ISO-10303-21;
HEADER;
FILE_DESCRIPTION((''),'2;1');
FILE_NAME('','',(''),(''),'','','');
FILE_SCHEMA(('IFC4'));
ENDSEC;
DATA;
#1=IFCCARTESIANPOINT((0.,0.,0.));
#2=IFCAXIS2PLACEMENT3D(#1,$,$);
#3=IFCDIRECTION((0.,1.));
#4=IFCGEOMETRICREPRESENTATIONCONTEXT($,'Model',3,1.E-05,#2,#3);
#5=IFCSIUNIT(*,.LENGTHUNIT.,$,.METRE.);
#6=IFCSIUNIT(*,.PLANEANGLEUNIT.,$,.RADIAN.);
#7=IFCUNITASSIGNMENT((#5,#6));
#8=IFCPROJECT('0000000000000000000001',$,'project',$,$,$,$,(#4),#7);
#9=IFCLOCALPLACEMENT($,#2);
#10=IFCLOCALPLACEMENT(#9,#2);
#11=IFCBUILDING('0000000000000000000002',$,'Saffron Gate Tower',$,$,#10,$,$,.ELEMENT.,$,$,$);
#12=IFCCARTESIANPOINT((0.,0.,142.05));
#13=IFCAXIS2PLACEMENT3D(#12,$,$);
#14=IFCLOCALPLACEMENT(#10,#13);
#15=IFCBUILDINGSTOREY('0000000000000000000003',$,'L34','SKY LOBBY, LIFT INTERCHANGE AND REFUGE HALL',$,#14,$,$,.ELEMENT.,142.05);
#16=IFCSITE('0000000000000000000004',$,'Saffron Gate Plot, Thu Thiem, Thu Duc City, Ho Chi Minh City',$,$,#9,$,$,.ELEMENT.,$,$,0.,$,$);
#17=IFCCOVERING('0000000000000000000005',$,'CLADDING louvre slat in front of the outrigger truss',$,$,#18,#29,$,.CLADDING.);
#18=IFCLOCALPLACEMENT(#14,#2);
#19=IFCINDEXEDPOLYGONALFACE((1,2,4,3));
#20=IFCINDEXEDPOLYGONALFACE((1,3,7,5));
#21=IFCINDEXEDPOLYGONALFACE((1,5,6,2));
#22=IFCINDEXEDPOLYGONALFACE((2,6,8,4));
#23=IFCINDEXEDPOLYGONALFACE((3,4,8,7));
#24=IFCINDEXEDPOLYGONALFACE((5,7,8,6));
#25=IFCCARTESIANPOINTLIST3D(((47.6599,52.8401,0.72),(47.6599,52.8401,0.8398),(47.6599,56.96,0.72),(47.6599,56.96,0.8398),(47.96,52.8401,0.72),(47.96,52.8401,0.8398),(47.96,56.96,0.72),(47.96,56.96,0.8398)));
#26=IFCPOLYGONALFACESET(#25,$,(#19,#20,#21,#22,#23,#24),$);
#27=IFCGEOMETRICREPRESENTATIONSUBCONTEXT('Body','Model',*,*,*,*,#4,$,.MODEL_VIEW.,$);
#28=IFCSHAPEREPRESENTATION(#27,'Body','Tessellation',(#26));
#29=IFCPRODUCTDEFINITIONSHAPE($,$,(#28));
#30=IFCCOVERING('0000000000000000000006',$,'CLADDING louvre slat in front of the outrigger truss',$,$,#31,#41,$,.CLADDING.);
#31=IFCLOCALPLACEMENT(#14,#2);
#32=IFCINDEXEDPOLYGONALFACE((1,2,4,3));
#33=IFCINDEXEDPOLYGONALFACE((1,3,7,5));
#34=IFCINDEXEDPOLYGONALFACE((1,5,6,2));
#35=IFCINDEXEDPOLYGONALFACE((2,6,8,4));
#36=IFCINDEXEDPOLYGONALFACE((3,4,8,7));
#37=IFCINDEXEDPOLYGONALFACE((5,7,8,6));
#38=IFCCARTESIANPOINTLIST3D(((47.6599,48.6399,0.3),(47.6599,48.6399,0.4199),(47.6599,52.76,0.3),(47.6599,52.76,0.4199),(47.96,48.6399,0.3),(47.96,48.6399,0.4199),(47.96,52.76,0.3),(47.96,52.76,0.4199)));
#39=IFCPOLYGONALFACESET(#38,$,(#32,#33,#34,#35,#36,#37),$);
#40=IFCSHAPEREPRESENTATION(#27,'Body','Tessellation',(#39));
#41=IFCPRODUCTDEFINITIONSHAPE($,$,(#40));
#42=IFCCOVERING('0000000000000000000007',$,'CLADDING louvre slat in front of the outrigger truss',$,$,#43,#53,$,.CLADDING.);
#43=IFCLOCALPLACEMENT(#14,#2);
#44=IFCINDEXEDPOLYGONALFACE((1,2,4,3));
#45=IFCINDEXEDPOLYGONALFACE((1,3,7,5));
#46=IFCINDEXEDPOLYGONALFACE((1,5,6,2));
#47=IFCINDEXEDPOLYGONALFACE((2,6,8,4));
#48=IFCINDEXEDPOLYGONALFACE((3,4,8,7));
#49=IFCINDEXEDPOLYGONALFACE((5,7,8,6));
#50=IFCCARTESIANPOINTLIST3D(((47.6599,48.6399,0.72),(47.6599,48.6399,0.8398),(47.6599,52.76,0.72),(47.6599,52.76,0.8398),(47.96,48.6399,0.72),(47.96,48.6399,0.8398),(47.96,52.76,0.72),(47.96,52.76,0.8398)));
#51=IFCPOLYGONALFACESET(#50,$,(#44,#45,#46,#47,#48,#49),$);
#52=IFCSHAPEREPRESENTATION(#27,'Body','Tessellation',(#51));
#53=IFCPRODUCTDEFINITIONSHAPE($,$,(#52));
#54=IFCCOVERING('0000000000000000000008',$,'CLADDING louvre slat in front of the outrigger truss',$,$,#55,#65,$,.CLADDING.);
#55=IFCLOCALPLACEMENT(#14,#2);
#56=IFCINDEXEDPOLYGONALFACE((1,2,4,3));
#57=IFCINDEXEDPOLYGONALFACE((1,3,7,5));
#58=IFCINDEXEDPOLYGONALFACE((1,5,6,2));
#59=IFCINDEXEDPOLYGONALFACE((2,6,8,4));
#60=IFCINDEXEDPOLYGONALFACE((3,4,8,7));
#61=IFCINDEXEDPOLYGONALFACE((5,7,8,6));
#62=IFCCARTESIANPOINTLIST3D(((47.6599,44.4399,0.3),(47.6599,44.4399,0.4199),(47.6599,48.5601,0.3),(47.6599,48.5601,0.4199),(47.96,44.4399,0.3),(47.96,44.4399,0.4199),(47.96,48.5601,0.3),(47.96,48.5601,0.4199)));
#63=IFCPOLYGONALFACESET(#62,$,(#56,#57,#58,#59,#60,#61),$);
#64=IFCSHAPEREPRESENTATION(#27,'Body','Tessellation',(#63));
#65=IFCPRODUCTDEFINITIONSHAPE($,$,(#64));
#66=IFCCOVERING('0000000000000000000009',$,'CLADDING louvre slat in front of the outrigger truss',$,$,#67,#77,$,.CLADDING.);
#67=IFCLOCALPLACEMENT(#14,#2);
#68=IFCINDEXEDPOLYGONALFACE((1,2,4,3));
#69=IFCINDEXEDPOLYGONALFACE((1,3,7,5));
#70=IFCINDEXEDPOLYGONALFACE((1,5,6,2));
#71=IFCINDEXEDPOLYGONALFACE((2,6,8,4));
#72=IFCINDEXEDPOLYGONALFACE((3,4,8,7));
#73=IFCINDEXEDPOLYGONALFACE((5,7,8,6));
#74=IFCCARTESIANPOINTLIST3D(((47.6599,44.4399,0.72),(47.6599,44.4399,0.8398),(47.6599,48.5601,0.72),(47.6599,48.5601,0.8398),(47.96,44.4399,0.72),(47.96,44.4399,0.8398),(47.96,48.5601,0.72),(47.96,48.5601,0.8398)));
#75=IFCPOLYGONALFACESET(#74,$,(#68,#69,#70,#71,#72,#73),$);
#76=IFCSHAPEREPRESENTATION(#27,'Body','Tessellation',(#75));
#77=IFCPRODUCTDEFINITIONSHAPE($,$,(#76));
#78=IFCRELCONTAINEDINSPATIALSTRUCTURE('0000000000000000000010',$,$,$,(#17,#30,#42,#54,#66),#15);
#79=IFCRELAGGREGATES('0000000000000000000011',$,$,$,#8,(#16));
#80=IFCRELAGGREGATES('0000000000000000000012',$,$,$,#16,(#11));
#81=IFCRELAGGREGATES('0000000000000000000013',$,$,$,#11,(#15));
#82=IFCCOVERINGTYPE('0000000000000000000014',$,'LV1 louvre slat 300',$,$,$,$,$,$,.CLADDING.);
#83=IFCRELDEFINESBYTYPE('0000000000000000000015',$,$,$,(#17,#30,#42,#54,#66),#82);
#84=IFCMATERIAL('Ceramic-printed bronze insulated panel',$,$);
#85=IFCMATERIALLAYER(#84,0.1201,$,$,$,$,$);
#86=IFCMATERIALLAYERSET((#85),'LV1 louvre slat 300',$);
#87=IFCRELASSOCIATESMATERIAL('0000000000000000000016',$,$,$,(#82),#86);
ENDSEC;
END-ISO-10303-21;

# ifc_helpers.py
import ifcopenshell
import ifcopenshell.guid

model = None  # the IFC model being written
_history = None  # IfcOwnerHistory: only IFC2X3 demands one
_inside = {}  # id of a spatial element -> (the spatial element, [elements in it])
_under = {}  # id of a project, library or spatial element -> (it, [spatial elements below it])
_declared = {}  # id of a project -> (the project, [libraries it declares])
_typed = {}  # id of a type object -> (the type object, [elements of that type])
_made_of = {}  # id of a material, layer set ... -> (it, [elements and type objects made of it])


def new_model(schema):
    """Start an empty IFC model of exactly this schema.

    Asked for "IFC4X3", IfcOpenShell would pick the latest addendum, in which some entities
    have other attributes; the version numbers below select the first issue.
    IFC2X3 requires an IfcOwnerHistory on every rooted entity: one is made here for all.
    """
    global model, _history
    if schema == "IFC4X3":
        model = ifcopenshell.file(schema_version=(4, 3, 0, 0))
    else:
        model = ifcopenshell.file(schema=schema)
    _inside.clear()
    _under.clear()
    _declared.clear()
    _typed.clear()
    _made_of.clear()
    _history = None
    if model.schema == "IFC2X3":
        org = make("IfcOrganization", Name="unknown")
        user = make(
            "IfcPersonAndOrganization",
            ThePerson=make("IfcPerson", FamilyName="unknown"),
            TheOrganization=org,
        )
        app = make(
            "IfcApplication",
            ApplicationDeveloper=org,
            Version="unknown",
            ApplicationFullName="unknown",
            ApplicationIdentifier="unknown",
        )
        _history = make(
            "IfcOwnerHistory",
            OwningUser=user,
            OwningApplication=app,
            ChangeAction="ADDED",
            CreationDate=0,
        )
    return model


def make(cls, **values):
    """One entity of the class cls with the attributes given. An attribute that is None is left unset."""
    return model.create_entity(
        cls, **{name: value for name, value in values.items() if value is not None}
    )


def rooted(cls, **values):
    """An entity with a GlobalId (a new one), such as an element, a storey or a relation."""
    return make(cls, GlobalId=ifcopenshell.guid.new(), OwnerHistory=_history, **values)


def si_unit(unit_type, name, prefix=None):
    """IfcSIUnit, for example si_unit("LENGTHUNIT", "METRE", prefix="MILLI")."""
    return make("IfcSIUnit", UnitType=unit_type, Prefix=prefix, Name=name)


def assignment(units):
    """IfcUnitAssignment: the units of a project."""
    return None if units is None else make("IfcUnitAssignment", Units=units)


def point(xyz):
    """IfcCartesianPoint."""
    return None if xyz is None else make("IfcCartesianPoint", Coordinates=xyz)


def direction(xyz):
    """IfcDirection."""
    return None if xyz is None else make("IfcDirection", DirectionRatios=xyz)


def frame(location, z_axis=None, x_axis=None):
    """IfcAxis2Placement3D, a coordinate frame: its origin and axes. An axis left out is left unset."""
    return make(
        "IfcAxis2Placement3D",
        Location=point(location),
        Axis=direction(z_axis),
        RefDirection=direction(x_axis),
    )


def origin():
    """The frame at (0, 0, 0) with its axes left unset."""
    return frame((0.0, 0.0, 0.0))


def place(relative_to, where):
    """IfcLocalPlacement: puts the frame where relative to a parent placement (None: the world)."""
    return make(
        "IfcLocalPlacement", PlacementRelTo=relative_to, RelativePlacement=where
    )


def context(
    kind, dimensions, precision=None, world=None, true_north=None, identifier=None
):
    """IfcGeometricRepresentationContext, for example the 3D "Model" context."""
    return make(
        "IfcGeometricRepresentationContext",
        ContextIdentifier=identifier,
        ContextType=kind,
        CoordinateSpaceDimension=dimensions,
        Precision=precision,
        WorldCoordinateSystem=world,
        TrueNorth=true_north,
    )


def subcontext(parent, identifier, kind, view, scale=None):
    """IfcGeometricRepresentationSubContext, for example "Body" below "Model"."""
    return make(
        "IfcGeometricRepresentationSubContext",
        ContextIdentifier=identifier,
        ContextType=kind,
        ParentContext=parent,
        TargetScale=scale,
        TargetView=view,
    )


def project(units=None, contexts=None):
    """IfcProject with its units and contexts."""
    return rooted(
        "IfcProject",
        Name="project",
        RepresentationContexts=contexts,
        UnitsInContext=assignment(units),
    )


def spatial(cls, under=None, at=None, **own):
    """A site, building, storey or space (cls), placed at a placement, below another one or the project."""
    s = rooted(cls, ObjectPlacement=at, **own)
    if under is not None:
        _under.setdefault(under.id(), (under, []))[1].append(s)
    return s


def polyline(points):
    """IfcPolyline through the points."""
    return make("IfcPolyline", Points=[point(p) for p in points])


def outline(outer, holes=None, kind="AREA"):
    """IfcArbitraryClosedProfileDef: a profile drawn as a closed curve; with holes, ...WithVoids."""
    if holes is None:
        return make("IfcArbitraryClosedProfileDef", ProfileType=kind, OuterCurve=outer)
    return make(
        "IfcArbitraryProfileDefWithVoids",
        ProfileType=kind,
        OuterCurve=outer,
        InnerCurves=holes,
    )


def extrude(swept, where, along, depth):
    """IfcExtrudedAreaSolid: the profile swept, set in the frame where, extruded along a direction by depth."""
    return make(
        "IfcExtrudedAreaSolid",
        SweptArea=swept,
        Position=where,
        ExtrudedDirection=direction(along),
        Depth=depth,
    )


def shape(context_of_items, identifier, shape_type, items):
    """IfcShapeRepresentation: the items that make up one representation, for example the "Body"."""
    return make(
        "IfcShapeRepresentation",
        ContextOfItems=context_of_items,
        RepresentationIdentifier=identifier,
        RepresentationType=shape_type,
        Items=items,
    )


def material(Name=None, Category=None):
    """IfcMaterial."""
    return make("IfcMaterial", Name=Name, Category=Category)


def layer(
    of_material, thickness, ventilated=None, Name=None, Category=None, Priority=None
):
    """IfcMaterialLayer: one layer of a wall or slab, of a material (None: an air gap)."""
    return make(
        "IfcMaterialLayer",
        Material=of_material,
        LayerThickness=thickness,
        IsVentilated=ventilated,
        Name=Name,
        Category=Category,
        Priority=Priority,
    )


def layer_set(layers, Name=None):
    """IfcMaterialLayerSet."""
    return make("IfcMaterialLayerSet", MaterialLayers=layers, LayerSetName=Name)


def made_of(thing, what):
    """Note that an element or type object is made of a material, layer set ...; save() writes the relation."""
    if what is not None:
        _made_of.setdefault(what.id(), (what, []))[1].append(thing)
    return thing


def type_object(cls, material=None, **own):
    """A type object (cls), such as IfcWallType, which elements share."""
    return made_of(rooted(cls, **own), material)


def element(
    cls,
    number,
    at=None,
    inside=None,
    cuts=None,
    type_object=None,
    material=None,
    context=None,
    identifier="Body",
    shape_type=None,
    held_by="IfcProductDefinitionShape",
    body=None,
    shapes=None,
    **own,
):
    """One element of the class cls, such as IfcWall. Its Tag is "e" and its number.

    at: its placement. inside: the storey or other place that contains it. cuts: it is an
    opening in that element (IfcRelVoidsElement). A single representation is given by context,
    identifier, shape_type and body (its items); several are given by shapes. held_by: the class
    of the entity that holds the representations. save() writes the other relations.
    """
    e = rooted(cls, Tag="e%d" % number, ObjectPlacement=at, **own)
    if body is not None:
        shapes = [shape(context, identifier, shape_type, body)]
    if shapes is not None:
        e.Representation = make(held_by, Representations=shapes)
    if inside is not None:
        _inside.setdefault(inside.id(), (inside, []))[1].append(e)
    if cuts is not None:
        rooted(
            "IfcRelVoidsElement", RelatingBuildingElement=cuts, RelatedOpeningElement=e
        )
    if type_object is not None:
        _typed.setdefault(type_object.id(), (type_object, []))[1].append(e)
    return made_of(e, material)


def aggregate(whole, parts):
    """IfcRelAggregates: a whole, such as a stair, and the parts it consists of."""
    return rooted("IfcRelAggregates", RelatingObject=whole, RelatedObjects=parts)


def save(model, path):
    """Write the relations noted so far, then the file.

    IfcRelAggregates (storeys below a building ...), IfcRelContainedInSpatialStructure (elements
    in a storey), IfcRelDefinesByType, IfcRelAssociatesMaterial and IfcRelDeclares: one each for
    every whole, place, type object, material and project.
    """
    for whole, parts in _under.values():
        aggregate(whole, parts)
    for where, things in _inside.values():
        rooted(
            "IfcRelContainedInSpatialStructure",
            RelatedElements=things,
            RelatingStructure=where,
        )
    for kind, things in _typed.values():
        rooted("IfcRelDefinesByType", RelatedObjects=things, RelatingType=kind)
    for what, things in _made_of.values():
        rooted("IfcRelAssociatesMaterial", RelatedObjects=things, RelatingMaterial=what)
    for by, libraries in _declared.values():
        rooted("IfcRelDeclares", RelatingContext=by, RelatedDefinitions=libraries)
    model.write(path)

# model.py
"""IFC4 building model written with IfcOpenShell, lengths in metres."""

from ifc_helpers import new_model, si_unit, direction, frame, origin, place, context, subcontext, project, spatial, polyline, outline, extrude, material, layer, layer_set, type_object, element, save


model = new_model("IFC4")

# Units and contexts
model_context = context("Model", 3, precision=1e-05, world=origin(), true_north=direction((0.0, 1.0)))
body_context = subcontext(model_context, "Body", "Model", "MODEL_VIEW")
ifc_project = project(units=[si_unit("LENGTHUNIT", "METRE"), si_unit("PLANEANGLEUNIT", "RADIAN")], contexts=[model_context])

# Site, building, storey
site_placement = place(None, origin())
site = spatial("IfcSite", under=ifc_project, at=site_placement, Name="Saffron Gate Plot, Thu Thiem, Thu Duc City, Ho Chi Minh City", CompositionType="ELEMENT", RefElevation=0.0)
building_placement = place(site_placement, origin())
building = spatial("IfcBuilding", under=site, at=building_placement, Name="Saffron Gate Tower", CompositionType="ELEMENT")
storey_placement = place(building_placement, frame((0.0, 0.0, 142.05)))
storey = spatial("IfcBuildingStorey", under=building, at=storey_placement, Name="L34", Description="SKY LOBBY, LIFT INTERCHANGE AND REFUGE HALL", CompositionType="ELEMENT", Elevation=142.05)

# Coverings
ifc_material = material(Name="Ceramic-printed bronze insulated panel")
ifc_layer_1 = layer(ifc_material, 0.1201)
ifc_layer_set_1 = layer_set([ifc_layer_1], Name="LV1 louvre slat 300")
covering_type_1 = type_object("IfcCoveringType", Name="LV1 louvre slat 300", PredefinedType="CLADDING", material=ifc_layer_set_1)
for number, where, name in (
    (1, (0.0, 0.0, 0.72), "CLADDING louvre slat in front of the outrigger truss"),
):
    element("IfcCovering", number, at=place(storey_placement, frame(where)), inside=storey, type_object=covering_type_1, Name=name, PredefinedType="CLADDING", context=body_context, shape_type="SweptSolid", body=[
        extrude(outline(polyline([(47.6599, 56.96), (47.6599, 52.8401), (47.96, 52.8401), (47.96, 56.96), (47.6599, 56.96)])), origin(), (0.0, 0.0, 1.0), 0.1199),
    ])
for number, where, name in (
    (2, (0.0, 0.0, 0.3), "CLADDING louvre slat in front of the outrigger truss"),
    (3, (0.0, 0.0, 0.72), "CLADDING louvre slat in front of the outrigger truss"),
):
    element("IfcCovering", number, at=place(storey_placement, frame(where)), inside=storey, type_object=covering_type_1, Name=name, PredefinedType="CLADDING", context=body_context, shape_type="SweptSolid", body=[
        extrude(outline(polyline([(47.6599, 52.76), (47.6599, 48.6399), (47.96, 48.6399), (47.96, 52.76), (47.6599, 52.76)])), origin(), (0.0, 0.0, 1.0), 0.1199),
    ])
for number, where, name in (
    (4, (0.0, 0.0, 0.3), "CLADDING louvre slat in front of the outrigger truss"),
    (5, (0.0, 0.0, 0.72), "CLADDING louvre slat in front of the outrigger truss"),
):
    element("IfcCovering", number, at=place(storey_placement, frame(where)), inside=storey, type_object=covering_type_1, Name=name, PredefinedType="CLADDING", context=body_context, shape_type="SweptSolid", body=[
        extrude(outline(polyline([(47.6599, 48.5601), (47.6599, 44.4399), (47.96, 44.4399), (47.96, 48.5601), (47.6599, 48.5601)])), origin(), (0.0, 0.0, 1.0), 0.1199),
    ])

save(model, "model.ifc")
